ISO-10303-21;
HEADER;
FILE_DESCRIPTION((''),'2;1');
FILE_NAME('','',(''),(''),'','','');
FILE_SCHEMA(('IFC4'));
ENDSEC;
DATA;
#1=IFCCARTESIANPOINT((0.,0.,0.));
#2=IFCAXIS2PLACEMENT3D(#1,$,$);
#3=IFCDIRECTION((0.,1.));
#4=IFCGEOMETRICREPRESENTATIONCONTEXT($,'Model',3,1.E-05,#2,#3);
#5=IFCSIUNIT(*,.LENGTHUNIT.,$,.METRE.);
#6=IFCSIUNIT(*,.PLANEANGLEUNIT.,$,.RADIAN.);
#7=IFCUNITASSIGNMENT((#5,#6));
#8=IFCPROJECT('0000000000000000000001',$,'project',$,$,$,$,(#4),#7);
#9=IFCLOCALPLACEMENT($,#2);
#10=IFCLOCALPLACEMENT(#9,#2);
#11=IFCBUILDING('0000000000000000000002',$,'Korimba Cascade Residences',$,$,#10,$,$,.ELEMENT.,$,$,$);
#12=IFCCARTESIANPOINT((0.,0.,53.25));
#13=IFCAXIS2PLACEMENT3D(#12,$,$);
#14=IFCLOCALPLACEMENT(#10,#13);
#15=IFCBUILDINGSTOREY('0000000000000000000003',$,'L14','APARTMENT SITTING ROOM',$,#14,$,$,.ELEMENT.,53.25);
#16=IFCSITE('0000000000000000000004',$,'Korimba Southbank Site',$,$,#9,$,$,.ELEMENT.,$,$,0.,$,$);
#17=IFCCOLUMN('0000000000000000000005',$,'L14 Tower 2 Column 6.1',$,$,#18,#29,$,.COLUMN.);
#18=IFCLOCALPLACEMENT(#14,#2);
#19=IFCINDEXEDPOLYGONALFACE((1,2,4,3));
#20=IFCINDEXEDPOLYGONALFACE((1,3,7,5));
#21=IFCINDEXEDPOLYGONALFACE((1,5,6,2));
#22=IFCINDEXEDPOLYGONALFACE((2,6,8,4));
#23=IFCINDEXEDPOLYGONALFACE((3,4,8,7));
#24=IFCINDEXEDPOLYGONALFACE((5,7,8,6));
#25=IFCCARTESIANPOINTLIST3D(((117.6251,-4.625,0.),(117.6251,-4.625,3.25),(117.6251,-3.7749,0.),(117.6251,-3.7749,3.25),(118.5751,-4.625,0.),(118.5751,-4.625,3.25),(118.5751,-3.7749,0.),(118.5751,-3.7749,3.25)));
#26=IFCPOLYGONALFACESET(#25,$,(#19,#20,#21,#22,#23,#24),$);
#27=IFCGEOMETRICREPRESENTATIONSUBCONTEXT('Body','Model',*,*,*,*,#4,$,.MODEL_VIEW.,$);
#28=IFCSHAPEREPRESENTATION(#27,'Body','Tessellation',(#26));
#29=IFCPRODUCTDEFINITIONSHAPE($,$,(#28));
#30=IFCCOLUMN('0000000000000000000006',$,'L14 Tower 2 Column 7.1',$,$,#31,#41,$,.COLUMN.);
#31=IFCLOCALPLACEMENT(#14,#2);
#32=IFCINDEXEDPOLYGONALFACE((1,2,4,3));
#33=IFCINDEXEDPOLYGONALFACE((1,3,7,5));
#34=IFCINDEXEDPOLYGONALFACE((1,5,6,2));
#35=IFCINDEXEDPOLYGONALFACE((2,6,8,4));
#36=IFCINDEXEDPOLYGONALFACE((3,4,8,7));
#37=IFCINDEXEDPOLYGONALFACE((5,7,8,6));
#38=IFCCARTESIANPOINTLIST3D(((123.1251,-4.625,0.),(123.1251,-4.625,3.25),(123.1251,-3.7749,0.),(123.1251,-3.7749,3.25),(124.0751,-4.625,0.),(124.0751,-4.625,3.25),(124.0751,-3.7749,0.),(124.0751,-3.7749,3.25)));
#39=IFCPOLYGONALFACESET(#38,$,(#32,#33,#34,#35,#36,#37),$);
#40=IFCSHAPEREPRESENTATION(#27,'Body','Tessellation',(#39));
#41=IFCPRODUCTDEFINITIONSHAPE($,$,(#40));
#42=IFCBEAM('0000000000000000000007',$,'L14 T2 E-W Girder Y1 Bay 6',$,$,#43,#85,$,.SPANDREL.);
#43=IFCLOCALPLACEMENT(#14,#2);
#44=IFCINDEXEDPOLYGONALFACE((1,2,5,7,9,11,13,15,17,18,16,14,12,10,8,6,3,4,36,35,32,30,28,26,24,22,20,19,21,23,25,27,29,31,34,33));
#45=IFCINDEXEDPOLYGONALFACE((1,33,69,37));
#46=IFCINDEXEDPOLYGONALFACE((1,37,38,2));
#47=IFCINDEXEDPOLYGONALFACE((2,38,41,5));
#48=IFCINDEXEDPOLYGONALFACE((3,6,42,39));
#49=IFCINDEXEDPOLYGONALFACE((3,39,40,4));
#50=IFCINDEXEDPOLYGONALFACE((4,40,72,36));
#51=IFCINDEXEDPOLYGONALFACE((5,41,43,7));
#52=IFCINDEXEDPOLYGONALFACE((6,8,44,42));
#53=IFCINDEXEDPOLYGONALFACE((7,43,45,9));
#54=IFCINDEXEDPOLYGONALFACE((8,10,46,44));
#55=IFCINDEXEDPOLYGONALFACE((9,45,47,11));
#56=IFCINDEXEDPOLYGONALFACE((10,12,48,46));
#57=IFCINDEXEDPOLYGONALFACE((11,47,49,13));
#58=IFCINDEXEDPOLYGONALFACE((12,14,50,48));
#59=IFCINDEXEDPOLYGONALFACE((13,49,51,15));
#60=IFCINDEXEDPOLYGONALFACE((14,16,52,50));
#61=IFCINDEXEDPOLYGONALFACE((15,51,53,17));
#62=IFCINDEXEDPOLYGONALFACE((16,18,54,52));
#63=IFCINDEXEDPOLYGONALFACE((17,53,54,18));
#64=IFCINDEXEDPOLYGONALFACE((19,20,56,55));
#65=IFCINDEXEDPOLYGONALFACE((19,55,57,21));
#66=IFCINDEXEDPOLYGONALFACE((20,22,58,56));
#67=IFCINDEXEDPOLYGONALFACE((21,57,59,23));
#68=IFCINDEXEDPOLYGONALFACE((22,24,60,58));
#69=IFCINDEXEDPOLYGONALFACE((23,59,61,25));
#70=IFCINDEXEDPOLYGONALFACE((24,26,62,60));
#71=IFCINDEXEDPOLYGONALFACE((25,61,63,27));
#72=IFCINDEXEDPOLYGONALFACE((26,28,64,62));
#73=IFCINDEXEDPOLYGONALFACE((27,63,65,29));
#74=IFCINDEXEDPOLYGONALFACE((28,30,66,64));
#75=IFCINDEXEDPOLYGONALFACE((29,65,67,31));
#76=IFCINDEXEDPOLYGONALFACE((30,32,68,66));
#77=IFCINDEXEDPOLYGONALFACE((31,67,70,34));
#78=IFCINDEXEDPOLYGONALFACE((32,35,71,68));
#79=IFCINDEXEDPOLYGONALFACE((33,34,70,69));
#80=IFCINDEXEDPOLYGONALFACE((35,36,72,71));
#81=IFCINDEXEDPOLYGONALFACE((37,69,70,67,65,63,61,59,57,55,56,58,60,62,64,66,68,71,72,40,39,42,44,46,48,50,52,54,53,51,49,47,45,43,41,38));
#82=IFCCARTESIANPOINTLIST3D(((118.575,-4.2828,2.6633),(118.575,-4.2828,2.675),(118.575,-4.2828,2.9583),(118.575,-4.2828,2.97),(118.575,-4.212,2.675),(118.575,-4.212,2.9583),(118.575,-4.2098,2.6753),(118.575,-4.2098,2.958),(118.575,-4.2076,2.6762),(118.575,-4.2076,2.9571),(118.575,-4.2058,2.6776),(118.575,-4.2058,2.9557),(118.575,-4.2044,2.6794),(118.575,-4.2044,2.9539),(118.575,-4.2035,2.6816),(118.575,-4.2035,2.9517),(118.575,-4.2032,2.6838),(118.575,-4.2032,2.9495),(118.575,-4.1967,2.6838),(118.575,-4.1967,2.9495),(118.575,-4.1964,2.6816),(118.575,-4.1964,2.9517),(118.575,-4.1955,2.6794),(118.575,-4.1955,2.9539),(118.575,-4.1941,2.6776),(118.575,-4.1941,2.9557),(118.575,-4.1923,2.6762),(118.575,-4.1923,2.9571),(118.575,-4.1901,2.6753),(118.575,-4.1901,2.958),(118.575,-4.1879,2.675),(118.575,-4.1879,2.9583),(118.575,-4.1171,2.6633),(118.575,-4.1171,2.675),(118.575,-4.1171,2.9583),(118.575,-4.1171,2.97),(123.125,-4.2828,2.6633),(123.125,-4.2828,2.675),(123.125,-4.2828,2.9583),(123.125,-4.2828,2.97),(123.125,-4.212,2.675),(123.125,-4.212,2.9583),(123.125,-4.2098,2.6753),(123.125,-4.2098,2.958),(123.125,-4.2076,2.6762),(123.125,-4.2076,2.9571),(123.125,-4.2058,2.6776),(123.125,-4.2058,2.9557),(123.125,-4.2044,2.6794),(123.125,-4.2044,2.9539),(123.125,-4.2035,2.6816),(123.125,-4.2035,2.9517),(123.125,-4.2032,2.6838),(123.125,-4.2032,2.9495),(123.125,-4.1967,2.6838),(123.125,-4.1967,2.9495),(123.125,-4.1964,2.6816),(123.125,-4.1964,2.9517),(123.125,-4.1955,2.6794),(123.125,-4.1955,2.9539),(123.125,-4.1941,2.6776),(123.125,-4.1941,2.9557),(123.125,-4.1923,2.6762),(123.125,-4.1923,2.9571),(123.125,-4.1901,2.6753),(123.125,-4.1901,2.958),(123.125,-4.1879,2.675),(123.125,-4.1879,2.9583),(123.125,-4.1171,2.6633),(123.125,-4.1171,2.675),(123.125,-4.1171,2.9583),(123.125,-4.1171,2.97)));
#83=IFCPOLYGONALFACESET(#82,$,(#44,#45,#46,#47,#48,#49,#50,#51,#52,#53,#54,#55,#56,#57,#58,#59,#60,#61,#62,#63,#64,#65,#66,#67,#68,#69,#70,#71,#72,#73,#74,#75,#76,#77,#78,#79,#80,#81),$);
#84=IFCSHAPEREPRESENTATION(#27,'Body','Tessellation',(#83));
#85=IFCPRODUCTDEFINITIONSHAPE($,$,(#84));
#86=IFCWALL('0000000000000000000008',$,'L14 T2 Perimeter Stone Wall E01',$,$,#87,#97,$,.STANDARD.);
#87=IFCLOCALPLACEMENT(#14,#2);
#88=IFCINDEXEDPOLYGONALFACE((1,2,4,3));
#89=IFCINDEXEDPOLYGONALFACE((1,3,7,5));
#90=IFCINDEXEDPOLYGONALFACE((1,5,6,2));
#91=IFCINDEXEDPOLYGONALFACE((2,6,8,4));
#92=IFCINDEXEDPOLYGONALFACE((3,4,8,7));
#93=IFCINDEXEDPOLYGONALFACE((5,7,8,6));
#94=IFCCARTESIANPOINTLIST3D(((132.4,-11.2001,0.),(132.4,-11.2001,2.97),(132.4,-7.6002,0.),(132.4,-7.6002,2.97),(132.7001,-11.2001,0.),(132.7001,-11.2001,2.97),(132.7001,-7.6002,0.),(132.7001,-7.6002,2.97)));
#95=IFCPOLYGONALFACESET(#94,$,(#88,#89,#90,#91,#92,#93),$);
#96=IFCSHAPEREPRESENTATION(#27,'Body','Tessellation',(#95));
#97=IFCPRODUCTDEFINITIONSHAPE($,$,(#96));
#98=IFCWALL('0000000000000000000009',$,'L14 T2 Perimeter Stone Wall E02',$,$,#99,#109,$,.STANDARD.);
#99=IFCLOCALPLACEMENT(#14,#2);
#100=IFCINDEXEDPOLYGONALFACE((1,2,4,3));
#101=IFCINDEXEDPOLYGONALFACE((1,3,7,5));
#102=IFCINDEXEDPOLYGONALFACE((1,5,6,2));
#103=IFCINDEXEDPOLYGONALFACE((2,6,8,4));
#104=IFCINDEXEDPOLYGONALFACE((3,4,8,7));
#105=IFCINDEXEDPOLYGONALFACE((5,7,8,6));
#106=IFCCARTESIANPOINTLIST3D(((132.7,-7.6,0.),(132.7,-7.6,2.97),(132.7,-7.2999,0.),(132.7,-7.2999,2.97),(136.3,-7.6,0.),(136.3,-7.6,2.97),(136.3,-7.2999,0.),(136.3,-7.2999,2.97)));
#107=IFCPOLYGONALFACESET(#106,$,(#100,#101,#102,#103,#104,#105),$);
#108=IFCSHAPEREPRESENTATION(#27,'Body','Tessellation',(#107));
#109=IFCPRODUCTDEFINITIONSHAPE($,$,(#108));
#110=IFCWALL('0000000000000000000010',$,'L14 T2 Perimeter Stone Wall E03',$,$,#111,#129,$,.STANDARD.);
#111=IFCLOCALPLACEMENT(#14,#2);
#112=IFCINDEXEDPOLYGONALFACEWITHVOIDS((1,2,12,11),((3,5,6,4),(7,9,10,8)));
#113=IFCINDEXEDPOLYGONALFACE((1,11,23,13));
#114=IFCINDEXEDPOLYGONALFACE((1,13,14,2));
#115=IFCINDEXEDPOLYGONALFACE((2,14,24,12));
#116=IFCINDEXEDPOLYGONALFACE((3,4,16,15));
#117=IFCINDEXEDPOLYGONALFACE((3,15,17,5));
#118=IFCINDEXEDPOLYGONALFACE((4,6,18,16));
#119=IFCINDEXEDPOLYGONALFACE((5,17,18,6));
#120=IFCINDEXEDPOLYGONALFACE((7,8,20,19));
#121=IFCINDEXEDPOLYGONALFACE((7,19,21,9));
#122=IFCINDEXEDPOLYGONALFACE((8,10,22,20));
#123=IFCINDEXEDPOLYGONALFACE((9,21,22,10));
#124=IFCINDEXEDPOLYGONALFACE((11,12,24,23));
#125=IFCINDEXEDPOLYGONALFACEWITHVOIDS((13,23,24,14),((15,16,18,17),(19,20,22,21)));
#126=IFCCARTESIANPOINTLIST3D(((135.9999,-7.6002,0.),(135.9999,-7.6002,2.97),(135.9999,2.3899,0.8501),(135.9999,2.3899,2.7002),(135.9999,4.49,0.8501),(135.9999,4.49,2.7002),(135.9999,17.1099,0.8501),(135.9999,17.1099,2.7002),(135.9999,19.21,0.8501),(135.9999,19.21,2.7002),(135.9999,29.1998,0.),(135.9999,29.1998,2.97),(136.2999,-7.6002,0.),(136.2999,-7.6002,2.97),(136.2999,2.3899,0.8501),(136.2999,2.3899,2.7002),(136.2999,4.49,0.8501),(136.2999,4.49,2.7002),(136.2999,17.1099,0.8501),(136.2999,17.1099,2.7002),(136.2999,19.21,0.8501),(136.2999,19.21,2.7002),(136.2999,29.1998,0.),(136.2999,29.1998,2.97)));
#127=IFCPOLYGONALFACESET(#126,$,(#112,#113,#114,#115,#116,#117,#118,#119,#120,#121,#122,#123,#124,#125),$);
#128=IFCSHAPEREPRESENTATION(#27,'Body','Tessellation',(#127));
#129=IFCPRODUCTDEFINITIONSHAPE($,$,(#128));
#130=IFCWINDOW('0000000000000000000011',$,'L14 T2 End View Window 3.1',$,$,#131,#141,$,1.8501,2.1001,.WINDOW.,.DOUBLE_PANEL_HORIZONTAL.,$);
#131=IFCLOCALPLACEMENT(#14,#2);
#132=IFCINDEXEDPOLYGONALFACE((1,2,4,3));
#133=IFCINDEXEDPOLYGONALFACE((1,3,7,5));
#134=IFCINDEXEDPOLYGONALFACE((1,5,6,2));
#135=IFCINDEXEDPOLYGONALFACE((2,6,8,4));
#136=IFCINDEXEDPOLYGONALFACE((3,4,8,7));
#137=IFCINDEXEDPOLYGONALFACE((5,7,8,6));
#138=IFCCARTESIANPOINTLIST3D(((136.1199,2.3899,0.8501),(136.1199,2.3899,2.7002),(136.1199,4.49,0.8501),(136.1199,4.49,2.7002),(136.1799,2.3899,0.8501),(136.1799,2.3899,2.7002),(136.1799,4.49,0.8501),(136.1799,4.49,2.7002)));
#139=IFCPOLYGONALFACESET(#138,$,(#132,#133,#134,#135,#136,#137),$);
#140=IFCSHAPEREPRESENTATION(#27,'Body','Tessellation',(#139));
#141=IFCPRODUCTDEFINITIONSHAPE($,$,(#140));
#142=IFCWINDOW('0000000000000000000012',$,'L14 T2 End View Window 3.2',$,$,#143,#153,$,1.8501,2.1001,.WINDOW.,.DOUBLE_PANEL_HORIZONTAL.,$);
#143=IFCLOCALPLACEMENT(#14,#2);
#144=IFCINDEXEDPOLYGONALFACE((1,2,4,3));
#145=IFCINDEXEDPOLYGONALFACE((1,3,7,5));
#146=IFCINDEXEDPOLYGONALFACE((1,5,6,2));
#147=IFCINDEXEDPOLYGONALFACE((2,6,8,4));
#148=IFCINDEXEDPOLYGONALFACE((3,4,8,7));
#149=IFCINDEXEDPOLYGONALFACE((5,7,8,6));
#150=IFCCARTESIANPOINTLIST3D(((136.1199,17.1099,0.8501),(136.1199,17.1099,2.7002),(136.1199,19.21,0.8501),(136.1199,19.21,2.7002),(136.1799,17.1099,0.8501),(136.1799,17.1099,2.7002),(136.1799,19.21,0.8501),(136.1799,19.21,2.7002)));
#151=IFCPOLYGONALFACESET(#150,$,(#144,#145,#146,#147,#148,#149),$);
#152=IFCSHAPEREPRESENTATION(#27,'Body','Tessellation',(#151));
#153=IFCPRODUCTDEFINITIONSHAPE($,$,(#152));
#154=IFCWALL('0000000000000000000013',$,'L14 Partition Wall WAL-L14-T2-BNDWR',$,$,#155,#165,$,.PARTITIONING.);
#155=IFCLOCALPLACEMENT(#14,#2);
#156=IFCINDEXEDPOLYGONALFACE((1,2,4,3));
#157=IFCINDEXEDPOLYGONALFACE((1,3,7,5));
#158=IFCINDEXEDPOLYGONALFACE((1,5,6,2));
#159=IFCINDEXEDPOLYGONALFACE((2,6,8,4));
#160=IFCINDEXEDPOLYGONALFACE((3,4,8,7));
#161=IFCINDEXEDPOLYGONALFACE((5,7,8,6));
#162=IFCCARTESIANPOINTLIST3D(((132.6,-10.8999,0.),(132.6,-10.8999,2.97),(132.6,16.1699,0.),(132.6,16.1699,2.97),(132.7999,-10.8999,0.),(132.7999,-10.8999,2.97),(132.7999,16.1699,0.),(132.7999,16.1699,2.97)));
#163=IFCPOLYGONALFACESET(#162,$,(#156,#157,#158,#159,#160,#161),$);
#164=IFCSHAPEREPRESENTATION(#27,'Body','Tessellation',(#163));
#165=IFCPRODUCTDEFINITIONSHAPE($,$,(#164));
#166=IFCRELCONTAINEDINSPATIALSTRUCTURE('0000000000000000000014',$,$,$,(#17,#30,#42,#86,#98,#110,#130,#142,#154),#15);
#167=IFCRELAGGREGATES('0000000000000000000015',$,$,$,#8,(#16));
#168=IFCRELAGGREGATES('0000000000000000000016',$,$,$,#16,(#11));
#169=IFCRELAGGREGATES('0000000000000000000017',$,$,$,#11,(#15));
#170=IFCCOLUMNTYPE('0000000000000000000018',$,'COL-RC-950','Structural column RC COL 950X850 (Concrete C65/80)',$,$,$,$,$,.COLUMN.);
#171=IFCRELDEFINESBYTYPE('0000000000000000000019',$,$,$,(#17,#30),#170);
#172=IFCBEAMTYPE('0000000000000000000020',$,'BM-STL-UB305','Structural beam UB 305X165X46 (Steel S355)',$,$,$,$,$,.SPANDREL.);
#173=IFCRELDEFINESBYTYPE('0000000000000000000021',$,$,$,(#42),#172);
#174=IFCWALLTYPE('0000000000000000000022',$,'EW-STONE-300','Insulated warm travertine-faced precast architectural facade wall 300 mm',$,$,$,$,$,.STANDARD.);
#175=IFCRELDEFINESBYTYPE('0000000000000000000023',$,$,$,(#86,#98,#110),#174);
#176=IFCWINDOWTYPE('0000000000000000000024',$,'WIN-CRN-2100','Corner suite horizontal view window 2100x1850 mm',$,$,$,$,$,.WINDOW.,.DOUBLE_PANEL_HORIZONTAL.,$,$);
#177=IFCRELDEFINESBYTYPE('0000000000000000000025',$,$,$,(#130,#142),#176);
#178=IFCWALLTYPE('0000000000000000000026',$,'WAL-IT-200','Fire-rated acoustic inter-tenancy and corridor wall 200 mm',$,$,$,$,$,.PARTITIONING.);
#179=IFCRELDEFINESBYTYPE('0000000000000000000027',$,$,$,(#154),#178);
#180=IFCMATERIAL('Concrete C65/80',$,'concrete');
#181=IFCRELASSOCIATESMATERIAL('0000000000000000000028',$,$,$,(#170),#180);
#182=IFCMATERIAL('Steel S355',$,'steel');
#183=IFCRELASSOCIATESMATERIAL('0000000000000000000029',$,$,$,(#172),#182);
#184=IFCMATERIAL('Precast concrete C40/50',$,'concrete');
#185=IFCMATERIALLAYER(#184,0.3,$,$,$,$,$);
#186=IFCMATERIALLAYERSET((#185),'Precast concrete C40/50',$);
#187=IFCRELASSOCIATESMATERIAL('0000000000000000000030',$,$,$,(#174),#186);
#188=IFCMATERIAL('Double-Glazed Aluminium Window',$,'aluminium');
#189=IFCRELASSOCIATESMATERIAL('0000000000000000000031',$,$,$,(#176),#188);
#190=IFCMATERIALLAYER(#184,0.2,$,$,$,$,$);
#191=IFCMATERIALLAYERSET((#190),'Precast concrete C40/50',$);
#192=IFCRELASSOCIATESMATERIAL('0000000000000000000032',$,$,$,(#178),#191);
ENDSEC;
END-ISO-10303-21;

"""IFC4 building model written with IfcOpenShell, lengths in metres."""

from ifc_helpers import new_model, si_unit, direction, frame, frame_2d, origin, origin_2d, place, context, subcontext, project, spatial, rectangle, i_section, extrude, material, layer, layer_set, material_profile, profile_set, type_object, element, fill, save


model = new_model("IFC4")

# Units and contexts
model_context = context("Model", 3, precision=1e-05, world=origin(), true_north=direction((0.0, 1.0)))
body_context = subcontext(model_context, "Body", "Model", "MODEL_VIEW")
ifc_project = project(units=[si_unit("LENGTHUNIT", "METRE"), si_unit("PLANEANGLEUNIT", "RADIAN")], contexts=[model_context])

# Site, building, storey
site_placement = place(None, origin())
site = spatial("IfcSite", under=ifc_project, at=site_placement, Name="Korimba Southbank Site", CompositionType="ELEMENT", RefElevation=0.0)
building_placement = place(site_placement, origin())
building = spatial("IfcBuilding", under=site, at=building_placement, Name="Korimba Cascade Residences", CompositionType="ELEMENT")
storey_placement = place(building_placement, frame((0.0, 0.0, 53.25)))
storey = spatial("IfcBuildingStorey", under=building, at=storey_placement, Name="L14", Description="APARTMENT SITTING ROOM", CompositionType="ELEMENT", Elevation=53.25)

# Columns
ifc_material_1 = material(Name="Concrete C65/80", Category="concrete")
ifc_material_profile_1 = material_profile(ifc_material_1, rectangle(XDim=0.95, YDim=0.8501, at=origin_2d()), Name="Concrete C65/80")
ifc_profile_set_1 = profile_set([ifc_material_profile_1], Name="Concrete C65/80")
column_type = type_object("IfcColumnType", Name="COL-RC-950", Description="Structural column RC COL 950X850 (Concrete C65/80)", PredefinedType="COLUMN", material=ifc_profile_set_1)
for number, where, z_axis, x_axis, name in (
    (1, (118.1001, -4.2, 0.0), (0.0, 0.0, 1.0), (1.0, 0.0, 0.0), "L14 Tower 2 Column 6.1"),
    (2, (123.6001, -4.2, 0.0), (0.0, 0.0, 1.0), (1.0, 0.0, 0.0), "L14 Tower 2 Column 7.1"),
):
    element("IfcColumn", number, at=place(storey_placement, frame(where, z_axis=z_axis, x_axis=x_axis)), inside=storey, type_object=column_type, Name=name, PredefinedType="COLUMN", context=body_context, shape_type="SweptSolid", body=[
        extrude(rectangle(XDim=0.95, YDim=0.8501, at=origin_2d()), origin(), (0.0, 0.0, 1.0), 3.25),
    ])

# Beam
ifc_material_2 = material(Name="Steel S355", Category="steel")
ifc_material_profile_2 = material_profile(ifc_material_2, i_section(OverallWidth=0.1658, OverallDepth=0.3066, WebThickness=0.0066, FlangeThickness=0.0117, FilletRadius=0.0088, at=origin_2d()), Name="Steel S355")
ifc_profile_set_2 = profile_set([ifc_material_profile_2], Name="Steel S355")
beam_type = type_object("IfcBeamType", Name="BM-STL-UB305", Description="Structural beam UB 305X165X46 (Steel S355)", PredefinedType="SPANDREL", material=ifc_profile_set_2)
beam_placement = place(storey_placement, frame((118.575, -4.2, 2.8167), z_axis=(1.0, 0.0, 0.0), x_axis=(0.0, 1.0, 0.0)))
element("IfcBeam", 3, at=beam_placement, inside=storey, type_object=beam_type, Name="L14 T2 E-W Girder Y1 Bay 6", PredefinedType="SPANDREL", context=body_context, shape_type="SweptSolid", body=[
    extrude(i_section(OverallWidth=0.1658, OverallDepth=0.3066, WebThickness=0.0066, FlangeThickness=0.0117, FilletRadius=0.0088, at=origin_2d()), origin(), (0.0, 0.0, 1.0), 4.55),
])

# Walls
ifc_material_3 = material(Name="Precast concrete C40/50", Category="concrete")
ifc_layer_1 = layer(ifc_material_3, 0.3)
ifc_layer_set_1 = layer_set([ifc_layer_1], Name="Precast concrete C40/50")
wall_type_1 = type_object("IfcWallType", Name="EW-STONE-300", Description="Insulated warm travertine-faced precast architectural facade wall 300 mm", PredefinedType="STANDARD", material=ifc_layer_set_1)
wall_1_placement = place(storey_placement, frame((132.55, -11.2, 0.0), z_axis=(0.0, 0.0, 1.0), x_axis=(0.0, 1.0, 0.0)))
element("IfcWall", 4, at=wall_1_placement, inside=storey, type_object=wall_type_1, Name="L14 T2 Perimeter Stone Wall E01", PredefinedType="STANDARD", context=body_context, shape_type="SweptSolid", body=[
    extrude(rectangle(XDim=3.5999, YDim=0.3, at=frame_2d((1.7998, 0.0))), origin(), (0.0, 0.0, 1.0), 2.97),
])
wall_2_placement = place(storey_placement, frame((132.7, -7.45, 0.0), z_axis=(0.0, 0.0, 1.0), x_axis=(1.0, 0.0, 0.0)))
element("IfcWall", 5, at=wall_2_placement, inside=storey, type_object=wall_type_1, Name="L14 T2 Perimeter Stone Wall E02", PredefinedType="STANDARD", context=body_context, shape_type="SweptSolid", body=[
    extrude(rectangle(XDim=3.6001, YDim=0.3, at=frame_2d((1.8, 0.0))), origin(), (0.0, 0.0, 1.0), 2.97),
])

# Wall, openings, windows
wall_3_placement = place(storey_placement, frame((136.1499, -7.6001, 0.0), z_axis=(0.0, 0.0, 1.0), x_axis=(0.0, 1.0, 0.0)))
wall_3 = element("IfcWall", 6, at=wall_3_placement, inside=storey, type_object=wall_type_1, Name="L14 T2 Perimeter Stone Wall E03", PredefinedType="STANDARD", context=body_context, shape_type="SweptSolid", body=[
    extrude(rectangle(XDim=36.8, YDim=0.3, at=frame_2d((18.3999, 0.0))), origin(), (0.0, 0.0, 1.0), 2.97),
])
opening_1_placement = place(wall_3_placement, frame((9.99, 0.0, 0.8501)))
opening_1 = element("IfcOpeningElement", 7, at=opening_1_placement, cuts=wall_3, PredefinedType="OPENING", context=body_context, shape_type="SweptSolid", body=[
    extrude(rectangle(XDim=2.1001, YDim=1.8501, at=frame_2d((1.05, 0.925))), frame((0.0, 0.1602, 0.0), z_axis=(0.0, -1.0, 0.0), x_axis=(1.0, 0.0, 0.0)), (0.0, 0.0, 1.0), 0.3201),
])
opening_2_placement = place(wall_3_placement, frame((24.71, 0.0, 0.8501)))
opening_2 = element("IfcOpeningElement", 8, at=opening_2_placement, cuts=wall_3, PredefinedType="OPENING", context=body_context, shape_type="SweptSolid", body=[
    extrude(rectangle(XDim=2.1001, YDim=1.8501, at=frame_2d((1.05, 0.925))), frame((0.0, 0.1602, 0.0), z_axis=(0.0, -1.0, 0.0), x_axis=(1.0, 0.0, 0.0)), (0.0, 0.0, 1.0), 0.3201),
])
ifc_material_4 = material(Name="Double-Glazed Aluminium Window", Category="aluminium")
window_type = type_object("IfcWindowType", Name="WIN-CRN-2100", Description="Corner suite horizontal view window 2100x1850 mm", PartitioningType="DOUBLE_PANEL_HORIZONTAL", PredefinedType="WINDOW", material=ifc_material_4)
window_1_placement = place(opening_1_placement, origin())
window_1 = element("IfcWindow", 9, at=window_1_placement, inside=storey, type_object=window_type, Name="L14 T2 End View Window 3.1", OverallHeight=1.8501, OverallWidth=2.1001, PartitioningType="DOUBLE_PANEL_HORIZONTAL", PredefinedType="WINDOW", context=body_context, shape_type="SweptSolid", body=[
    extrude(rectangle(XDim=2.1001, YDim=1.8501, at=frame_2d((1.05, 0.925))), frame((0.0, 0.03, 0.0), z_axis=(0.0, -1.0, 0.0), x_axis=(1.0, 0.0, 0.0)), (0.0, 0.0, 1.0), 0.0601),
])
fill(opening_1, window_1)
window_2_placement = place(opening_2_placement, origin())
window_2 = element("IfcWindow", 10, at=window_2_placement, inside=storey, type_object=window_type, Name="L14 T2 End View Window 3.2", OverallHeight=1.8501, OverallWidth=2.1001, PartitioningType="DOUBLE_PANEL_HORIZONTAL", PredefinedType="WINDOW", context=body_context, shape_type="SweptSolid", body=[
    extrude(rectangle(XDim=2.1001, YDim=1.8501, at=frame_2d((1.05, 0.925))), frame((0.0, 0.03, 0.0), z_axis=(0.0, -1.0, 0.0), x_axis=(1.0, 0.0, 0.0)), (0.0, 0.0, 1.0), 0.0601),
])
fill(opening_2, window_2)

# Wall
ifc_layer_2 = layer(ifc_material_3, 0.2)
ifc_layer_set_2 = layer_set([ifc_layer_2], Name="Precast concrete C40/50")
wall_type_2 = type_object("IfcWallType", Name="WAL-IT-200", Description="Fire-rated acoustic inter-tenancy and corridor wall 200 mm", PredefinedType="PARTITIONING", material=ifc_layer_set_2)
wall_4_placement = place(storey_placement, frame((132.7, -10.8999, 0.0), z_axis=(0.0, 0.0, 1.0), x_axis=(0.0, 1.0, 0.0)))
element("IfcWall", 11, at=wall_4_placement, inside=storey, type_object=wall_type_2, Name="L14 Partition Wall WAL-L14-T2-BNDWR", PredefinedType="PARTITIONING", context=body_context, shape_type="SweptSolid", body=[
    extrude(rectangle(XDim=27.0698, YDim=0.2, at=frame_2d((13.5349, 0.0))), origin(), (0.0, 0.0, 1.0), 2.97),
])

save(model, "model.ifc")
